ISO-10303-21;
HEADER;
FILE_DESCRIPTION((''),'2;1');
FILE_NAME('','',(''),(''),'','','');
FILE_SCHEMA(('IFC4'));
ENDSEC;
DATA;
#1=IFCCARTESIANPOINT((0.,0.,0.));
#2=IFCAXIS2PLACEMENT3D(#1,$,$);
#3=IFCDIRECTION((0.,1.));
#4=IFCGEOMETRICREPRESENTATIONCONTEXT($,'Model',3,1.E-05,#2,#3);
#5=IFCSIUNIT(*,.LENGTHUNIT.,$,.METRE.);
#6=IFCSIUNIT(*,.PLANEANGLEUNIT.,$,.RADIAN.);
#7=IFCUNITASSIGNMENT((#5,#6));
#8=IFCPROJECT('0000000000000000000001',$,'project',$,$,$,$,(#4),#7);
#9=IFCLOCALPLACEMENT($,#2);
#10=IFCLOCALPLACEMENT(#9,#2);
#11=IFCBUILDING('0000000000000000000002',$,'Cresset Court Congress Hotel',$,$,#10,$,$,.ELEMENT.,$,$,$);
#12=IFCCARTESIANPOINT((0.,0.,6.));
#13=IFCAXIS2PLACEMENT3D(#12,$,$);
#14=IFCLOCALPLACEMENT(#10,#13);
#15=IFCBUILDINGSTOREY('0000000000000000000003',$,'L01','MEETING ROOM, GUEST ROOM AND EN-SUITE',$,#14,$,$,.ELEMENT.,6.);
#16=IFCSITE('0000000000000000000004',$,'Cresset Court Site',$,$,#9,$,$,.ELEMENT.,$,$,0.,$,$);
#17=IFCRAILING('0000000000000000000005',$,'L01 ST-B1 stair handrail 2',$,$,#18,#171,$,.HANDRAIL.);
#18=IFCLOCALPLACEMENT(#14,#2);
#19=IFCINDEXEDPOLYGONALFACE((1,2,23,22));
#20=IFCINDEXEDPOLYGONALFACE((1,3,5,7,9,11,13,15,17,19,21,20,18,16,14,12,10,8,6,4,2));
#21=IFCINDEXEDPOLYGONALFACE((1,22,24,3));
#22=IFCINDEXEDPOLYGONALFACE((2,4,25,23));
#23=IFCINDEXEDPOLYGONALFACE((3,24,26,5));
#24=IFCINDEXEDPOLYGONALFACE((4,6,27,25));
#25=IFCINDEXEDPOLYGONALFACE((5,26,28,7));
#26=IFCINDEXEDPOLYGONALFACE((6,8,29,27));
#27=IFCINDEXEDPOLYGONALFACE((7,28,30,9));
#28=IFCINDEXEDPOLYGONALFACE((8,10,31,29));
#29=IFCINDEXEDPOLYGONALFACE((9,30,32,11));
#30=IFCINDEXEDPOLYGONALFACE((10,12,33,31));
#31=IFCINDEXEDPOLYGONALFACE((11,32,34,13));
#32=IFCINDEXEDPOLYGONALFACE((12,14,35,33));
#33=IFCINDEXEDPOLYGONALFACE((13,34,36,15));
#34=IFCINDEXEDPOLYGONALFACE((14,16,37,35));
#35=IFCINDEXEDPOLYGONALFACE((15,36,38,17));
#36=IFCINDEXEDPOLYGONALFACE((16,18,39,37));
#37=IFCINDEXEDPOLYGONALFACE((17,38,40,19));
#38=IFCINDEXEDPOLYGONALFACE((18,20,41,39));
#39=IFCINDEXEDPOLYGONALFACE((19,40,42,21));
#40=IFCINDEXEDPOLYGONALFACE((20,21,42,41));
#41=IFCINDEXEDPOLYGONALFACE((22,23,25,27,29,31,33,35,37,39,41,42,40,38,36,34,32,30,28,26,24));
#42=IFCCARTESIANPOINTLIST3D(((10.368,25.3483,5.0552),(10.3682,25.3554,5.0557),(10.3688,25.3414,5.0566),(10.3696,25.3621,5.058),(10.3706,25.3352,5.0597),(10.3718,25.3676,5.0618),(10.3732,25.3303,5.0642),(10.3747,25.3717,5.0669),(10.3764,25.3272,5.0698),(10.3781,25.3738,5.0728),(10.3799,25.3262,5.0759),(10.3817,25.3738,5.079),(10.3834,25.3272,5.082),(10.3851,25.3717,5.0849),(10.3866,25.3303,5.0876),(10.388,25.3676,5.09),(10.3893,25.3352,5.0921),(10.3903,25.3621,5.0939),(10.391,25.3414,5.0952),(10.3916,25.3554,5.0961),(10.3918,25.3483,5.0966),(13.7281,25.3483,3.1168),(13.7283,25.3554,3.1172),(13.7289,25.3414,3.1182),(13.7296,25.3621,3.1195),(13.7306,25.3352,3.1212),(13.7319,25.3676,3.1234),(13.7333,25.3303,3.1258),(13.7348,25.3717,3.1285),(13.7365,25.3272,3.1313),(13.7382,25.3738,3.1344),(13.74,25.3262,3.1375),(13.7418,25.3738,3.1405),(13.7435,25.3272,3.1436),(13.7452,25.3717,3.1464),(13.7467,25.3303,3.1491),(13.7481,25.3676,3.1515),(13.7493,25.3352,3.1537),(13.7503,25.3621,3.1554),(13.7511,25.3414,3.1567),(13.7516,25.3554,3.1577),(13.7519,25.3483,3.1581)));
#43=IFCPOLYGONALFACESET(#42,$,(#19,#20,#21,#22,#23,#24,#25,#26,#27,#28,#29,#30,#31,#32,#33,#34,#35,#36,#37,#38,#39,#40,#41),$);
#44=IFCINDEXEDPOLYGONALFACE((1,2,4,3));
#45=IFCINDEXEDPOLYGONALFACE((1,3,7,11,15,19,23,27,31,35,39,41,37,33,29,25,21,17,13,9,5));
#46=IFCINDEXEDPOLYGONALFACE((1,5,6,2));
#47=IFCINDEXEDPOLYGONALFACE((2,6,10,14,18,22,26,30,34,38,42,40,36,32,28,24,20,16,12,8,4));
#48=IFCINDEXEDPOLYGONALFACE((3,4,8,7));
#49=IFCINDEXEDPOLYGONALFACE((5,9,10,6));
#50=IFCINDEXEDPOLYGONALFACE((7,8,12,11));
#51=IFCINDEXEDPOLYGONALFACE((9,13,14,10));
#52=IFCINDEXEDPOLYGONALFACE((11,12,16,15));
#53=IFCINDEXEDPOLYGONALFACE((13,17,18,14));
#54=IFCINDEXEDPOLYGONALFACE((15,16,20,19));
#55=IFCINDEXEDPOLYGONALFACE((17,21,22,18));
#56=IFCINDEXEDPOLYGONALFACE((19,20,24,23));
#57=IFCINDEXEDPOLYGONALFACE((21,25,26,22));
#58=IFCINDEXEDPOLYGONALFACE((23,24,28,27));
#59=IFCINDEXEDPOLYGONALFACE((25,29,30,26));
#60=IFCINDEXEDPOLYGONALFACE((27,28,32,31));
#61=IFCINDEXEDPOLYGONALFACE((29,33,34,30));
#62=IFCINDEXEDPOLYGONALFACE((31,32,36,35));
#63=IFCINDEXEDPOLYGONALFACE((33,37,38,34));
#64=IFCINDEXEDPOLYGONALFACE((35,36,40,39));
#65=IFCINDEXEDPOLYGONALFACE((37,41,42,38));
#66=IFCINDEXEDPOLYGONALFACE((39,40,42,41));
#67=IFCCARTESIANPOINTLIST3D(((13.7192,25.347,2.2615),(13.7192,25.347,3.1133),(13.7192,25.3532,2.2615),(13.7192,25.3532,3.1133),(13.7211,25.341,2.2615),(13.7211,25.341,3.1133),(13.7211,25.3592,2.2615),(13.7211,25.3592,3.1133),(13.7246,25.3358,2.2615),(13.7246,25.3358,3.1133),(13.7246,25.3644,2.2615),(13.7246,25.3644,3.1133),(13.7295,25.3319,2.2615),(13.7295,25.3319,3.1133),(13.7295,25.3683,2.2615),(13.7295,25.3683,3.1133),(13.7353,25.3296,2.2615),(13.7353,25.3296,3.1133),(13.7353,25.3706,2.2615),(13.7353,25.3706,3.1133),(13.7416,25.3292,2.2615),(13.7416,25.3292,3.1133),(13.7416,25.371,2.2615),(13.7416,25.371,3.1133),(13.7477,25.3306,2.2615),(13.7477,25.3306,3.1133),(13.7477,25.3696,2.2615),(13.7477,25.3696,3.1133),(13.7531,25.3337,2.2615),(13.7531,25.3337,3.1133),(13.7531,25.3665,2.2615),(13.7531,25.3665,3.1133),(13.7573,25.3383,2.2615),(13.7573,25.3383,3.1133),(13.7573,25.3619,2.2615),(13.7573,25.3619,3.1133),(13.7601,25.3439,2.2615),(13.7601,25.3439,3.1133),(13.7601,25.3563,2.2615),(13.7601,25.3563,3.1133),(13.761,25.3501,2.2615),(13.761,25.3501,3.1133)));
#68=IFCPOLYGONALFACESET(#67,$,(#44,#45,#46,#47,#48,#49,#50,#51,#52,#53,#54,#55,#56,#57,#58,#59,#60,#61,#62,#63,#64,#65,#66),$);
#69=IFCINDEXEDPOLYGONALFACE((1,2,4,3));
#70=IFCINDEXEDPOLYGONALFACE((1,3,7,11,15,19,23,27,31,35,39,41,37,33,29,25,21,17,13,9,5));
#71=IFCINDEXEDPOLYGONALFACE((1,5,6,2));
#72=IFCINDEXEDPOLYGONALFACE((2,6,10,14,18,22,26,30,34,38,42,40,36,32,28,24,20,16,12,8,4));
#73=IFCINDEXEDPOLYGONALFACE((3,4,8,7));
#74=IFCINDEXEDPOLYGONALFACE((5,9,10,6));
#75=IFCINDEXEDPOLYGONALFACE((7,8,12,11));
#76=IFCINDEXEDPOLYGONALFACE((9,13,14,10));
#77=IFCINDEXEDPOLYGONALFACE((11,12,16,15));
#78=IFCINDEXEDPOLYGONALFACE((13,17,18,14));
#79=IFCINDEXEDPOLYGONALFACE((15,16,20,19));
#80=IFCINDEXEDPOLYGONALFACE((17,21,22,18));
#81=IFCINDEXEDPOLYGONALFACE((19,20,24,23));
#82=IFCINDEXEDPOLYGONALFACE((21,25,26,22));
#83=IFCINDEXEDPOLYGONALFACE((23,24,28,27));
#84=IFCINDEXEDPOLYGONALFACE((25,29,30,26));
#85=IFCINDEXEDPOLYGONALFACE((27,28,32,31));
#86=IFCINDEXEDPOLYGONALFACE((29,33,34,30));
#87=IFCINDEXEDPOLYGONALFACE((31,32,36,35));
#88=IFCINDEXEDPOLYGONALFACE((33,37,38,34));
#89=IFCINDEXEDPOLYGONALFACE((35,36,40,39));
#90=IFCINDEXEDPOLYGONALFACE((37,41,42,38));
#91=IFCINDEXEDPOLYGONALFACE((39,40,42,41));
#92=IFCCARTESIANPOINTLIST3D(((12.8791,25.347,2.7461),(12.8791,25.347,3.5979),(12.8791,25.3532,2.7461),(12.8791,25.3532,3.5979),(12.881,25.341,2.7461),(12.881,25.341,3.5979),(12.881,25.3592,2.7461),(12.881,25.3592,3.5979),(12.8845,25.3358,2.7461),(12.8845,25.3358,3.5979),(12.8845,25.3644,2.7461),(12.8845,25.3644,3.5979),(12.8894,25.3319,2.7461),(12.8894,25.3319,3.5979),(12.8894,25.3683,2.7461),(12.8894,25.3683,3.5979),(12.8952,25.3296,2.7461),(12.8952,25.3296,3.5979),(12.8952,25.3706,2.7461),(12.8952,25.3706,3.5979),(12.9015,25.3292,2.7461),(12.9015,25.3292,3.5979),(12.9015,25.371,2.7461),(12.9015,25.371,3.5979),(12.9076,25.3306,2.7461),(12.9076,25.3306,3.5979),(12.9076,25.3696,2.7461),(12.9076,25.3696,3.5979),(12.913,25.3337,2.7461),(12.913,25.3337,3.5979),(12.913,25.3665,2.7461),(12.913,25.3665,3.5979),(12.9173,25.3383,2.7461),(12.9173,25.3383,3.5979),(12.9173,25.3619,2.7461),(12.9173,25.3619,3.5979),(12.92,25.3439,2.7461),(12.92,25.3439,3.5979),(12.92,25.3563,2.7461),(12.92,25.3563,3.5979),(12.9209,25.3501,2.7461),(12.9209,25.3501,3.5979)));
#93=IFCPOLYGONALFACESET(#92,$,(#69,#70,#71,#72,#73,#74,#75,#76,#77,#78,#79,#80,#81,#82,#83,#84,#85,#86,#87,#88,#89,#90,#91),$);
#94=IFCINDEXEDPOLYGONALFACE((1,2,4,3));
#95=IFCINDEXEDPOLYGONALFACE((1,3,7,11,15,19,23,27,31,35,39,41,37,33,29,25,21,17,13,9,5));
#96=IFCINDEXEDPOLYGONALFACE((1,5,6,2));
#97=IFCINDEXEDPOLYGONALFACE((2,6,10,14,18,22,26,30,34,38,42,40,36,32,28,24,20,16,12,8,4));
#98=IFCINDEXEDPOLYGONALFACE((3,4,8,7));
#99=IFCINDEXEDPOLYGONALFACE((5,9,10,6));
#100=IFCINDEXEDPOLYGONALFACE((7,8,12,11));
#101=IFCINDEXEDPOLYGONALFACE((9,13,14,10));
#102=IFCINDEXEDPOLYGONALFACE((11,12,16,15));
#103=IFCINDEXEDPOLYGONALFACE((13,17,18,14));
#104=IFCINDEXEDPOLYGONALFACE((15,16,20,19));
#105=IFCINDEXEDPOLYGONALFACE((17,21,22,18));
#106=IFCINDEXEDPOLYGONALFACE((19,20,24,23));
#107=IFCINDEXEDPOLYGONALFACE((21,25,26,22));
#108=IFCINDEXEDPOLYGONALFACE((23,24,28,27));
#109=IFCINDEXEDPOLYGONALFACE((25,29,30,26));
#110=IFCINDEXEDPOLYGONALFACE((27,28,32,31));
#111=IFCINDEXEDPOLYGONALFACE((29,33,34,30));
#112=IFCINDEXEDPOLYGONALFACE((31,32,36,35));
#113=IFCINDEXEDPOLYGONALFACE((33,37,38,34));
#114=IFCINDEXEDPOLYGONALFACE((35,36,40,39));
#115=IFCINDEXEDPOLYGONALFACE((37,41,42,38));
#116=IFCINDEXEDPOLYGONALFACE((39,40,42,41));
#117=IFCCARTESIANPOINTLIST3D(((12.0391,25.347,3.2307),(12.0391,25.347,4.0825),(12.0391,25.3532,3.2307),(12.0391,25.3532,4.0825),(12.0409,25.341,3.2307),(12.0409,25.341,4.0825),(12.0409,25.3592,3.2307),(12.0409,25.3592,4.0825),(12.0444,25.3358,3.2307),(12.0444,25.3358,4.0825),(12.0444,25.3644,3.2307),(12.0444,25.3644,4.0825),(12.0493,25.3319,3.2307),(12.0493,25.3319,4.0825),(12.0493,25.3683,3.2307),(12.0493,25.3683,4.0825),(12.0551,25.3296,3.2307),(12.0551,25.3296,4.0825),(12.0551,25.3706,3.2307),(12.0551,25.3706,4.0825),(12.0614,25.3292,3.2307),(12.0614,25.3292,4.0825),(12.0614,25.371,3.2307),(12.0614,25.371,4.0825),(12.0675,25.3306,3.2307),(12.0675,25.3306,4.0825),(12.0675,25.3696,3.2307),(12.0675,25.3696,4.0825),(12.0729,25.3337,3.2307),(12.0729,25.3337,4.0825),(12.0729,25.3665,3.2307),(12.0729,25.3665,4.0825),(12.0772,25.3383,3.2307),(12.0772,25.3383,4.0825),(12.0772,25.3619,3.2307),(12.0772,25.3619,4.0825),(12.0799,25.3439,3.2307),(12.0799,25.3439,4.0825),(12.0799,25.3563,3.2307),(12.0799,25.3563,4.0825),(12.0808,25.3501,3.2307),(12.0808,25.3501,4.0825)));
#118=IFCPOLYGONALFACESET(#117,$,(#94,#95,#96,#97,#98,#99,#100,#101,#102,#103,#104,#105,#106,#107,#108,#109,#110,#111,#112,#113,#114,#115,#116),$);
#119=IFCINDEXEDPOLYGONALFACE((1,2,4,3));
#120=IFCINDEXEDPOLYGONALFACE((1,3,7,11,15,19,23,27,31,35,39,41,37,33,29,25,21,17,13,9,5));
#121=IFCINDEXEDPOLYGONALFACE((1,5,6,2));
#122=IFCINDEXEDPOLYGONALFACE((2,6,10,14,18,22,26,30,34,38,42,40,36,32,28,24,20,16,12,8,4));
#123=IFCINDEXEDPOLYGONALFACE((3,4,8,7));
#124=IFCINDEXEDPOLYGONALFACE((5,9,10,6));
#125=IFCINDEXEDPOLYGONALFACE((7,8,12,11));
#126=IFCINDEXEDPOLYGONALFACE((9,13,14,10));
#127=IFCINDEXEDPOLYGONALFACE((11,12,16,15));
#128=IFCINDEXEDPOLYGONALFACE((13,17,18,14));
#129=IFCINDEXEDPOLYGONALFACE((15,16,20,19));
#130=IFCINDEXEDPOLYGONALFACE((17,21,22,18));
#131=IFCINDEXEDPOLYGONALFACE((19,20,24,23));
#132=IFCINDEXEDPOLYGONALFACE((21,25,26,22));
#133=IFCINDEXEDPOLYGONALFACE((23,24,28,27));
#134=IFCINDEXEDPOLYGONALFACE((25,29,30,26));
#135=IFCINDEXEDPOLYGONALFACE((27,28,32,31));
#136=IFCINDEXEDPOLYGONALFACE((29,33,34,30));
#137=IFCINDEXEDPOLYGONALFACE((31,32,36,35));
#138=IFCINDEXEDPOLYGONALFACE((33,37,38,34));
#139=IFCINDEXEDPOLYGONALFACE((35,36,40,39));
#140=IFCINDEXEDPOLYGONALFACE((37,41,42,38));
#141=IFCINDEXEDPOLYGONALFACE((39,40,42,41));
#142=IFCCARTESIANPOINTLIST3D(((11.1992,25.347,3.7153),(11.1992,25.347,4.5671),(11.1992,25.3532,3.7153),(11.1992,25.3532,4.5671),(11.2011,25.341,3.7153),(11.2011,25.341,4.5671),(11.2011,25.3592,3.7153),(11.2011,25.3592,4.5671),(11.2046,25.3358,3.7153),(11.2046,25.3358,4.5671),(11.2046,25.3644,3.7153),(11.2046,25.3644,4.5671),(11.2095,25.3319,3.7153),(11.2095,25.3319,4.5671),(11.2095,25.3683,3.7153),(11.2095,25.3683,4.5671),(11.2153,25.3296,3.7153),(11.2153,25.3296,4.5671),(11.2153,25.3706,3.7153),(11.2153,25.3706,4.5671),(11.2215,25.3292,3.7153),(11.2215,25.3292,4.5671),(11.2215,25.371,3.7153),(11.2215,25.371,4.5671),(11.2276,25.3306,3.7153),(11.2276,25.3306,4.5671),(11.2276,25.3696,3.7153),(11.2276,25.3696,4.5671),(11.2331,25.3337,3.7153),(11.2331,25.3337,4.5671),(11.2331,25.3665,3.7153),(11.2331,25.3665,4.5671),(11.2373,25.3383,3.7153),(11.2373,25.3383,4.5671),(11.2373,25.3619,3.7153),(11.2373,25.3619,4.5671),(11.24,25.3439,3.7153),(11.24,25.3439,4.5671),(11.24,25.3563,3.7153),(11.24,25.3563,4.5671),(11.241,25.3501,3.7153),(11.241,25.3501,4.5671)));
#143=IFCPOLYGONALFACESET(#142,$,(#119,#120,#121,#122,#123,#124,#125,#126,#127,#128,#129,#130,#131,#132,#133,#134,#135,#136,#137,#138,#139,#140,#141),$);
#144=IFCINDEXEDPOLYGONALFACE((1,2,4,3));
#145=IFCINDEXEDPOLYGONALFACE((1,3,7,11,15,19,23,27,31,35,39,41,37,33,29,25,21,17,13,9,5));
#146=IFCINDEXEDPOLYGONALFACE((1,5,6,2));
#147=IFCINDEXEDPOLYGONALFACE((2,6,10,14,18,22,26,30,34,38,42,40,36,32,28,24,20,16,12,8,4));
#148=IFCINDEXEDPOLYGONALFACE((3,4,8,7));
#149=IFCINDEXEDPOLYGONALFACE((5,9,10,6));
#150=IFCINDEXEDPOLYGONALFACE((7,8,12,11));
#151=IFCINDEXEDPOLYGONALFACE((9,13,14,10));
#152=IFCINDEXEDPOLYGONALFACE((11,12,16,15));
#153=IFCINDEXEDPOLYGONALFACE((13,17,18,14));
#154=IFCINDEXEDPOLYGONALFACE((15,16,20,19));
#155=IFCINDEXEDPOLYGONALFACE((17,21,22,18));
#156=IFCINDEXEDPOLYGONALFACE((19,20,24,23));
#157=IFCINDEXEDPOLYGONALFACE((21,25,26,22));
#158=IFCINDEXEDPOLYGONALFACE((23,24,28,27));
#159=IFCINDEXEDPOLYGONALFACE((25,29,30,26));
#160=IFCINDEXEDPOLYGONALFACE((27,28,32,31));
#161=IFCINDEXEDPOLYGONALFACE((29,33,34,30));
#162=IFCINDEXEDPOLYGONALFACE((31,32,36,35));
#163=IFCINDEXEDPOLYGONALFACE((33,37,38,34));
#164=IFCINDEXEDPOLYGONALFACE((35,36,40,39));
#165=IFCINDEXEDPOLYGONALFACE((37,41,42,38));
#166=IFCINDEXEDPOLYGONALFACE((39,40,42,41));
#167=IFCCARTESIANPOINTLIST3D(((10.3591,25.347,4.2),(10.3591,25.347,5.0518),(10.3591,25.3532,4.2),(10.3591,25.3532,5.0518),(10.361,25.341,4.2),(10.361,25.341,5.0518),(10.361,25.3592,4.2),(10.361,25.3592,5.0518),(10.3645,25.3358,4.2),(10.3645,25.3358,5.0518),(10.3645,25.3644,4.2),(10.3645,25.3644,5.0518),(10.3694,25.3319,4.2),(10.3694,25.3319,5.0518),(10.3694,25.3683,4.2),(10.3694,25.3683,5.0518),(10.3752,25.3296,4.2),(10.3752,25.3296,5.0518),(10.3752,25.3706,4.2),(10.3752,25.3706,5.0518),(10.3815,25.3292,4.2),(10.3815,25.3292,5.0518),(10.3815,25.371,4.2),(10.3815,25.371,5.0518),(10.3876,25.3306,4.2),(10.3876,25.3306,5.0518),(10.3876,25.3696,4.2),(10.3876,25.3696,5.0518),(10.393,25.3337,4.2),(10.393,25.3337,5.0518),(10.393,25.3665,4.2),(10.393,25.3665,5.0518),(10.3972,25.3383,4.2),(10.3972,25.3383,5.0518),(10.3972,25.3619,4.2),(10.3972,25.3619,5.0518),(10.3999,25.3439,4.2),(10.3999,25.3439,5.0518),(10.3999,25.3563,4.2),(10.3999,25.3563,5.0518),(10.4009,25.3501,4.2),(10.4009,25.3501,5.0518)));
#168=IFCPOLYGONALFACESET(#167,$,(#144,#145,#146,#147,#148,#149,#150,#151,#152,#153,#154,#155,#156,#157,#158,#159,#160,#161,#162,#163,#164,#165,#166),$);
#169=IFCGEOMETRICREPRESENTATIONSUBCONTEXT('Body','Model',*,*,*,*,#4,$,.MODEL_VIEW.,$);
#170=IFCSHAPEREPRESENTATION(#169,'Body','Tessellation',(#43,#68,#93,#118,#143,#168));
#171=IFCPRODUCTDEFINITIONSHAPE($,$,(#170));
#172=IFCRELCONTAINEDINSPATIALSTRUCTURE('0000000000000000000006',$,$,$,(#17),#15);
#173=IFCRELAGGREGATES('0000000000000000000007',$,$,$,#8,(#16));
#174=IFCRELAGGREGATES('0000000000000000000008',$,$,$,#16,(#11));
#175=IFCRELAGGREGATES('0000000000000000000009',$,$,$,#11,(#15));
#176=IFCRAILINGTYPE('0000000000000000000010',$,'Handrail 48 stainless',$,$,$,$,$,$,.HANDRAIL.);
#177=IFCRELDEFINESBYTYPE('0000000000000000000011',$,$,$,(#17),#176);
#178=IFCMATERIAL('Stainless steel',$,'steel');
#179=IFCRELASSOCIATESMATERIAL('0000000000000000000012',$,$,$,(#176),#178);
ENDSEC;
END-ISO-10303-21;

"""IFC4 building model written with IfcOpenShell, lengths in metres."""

from ifc_helpers import new_model, si_unit, direction, frame, origin, origin_2d, place, context, subcontext, project, spatial, circle, extrude, material, type_object, element, save


model = new_model("IFC4")

# Units and contexts
model_context = context("Model", 3, precision=1e-05, world=origin(), true_north=direction((0.0, 1.0)))
body_context = subcontext(model_context, "Body", "Model", "MODEL_VIEW")
ifc_project = project(units=[si_unit("LENGTHUNIT", "METRE"), si_unit("PLANEANGLEUNIT", "RADIAN")], contexts=[model_context])

# Site, building, storey
site_placement = place(None, origin())
site = spatial("IfcSite", under=ifc_project, at=site_placement, Name="Cresset Court Site", CompositionType="ELEMENT", RefElevation=0.0)
building_placement = place(site_placement, origin())
building = spatial("IfcBuilding", under=site, at=building_placement, Name="Cresset Court Congress Hotel", CompositionType="ELEMENT")
storey_placement = place(building_placement, frame((0.0, 0.0, 6.0)))
storey = spatial("IfcBuildingStorey", under=building, at=storey_placement, Name="L01", Description="MEETING ROOM, GUEST ROOM AND EN-SUITE", CompositionType="ELEMENT", Elevation=6.0)

# Railing
ifc_material_1 = material(Name="Stainless steel", Category="steel")
railing_type_1 = type_object("IfcRailingType", Name="Handrail 48 stainless", PredefinedType="HANDRAIL", material=ifc_material_1)
railing_1_placement = place(storey_placement, frame((13.74, 25.3501, 2.2615)))
element("IfcRailing", 1, at=railing_1_placement, inside=storey, type_object=railing_type_1, Name="L01 ST-B1 stair handrail 2", PredefinedType="HANDRAIL", context=body_context, shape_type="SweptSolid", body=[
    extrude(circle(Radius=0.0239, at=origin_2d()), frame((0.0, 0.0, 0.876), z_axis=(-0.866191, 0.0, 0.499713), x_axis=(0.0, -1.0, 0.0)), (0.0, 0.0, 1.0), 3.8792),
    extrude(circle(Radius=0.021, at=origin_2d()), origin(), (0.0, 0.0, 1.0), 0.8518),
    extrude(circle(Radius=0.021, at=origin_2d()), frame((-0.8401, 0.0, 0.4846)), (0.0, 0.0, 1.0), 0.8518),
    extrude(circle(Radius=0.021, at=origin_2d()), frame((-1.6802, 0.0, 0.9692)), (0.0, 0.0, 1.0), 0.8518),
    extrude(circle(Radius=0.021, at=origin_2d()), frame((-2.52, 0.0, 1.4539)), (0.0, 0.0, 1.0), 0.8518),
    extrude(circle(Radius=0.021, at=origin_2d()), frame((-3.3601, 0.0, 1.9385)), (0.0, 0.0, 1.0), 0.8518),
])

save(model, "model.ifc")
